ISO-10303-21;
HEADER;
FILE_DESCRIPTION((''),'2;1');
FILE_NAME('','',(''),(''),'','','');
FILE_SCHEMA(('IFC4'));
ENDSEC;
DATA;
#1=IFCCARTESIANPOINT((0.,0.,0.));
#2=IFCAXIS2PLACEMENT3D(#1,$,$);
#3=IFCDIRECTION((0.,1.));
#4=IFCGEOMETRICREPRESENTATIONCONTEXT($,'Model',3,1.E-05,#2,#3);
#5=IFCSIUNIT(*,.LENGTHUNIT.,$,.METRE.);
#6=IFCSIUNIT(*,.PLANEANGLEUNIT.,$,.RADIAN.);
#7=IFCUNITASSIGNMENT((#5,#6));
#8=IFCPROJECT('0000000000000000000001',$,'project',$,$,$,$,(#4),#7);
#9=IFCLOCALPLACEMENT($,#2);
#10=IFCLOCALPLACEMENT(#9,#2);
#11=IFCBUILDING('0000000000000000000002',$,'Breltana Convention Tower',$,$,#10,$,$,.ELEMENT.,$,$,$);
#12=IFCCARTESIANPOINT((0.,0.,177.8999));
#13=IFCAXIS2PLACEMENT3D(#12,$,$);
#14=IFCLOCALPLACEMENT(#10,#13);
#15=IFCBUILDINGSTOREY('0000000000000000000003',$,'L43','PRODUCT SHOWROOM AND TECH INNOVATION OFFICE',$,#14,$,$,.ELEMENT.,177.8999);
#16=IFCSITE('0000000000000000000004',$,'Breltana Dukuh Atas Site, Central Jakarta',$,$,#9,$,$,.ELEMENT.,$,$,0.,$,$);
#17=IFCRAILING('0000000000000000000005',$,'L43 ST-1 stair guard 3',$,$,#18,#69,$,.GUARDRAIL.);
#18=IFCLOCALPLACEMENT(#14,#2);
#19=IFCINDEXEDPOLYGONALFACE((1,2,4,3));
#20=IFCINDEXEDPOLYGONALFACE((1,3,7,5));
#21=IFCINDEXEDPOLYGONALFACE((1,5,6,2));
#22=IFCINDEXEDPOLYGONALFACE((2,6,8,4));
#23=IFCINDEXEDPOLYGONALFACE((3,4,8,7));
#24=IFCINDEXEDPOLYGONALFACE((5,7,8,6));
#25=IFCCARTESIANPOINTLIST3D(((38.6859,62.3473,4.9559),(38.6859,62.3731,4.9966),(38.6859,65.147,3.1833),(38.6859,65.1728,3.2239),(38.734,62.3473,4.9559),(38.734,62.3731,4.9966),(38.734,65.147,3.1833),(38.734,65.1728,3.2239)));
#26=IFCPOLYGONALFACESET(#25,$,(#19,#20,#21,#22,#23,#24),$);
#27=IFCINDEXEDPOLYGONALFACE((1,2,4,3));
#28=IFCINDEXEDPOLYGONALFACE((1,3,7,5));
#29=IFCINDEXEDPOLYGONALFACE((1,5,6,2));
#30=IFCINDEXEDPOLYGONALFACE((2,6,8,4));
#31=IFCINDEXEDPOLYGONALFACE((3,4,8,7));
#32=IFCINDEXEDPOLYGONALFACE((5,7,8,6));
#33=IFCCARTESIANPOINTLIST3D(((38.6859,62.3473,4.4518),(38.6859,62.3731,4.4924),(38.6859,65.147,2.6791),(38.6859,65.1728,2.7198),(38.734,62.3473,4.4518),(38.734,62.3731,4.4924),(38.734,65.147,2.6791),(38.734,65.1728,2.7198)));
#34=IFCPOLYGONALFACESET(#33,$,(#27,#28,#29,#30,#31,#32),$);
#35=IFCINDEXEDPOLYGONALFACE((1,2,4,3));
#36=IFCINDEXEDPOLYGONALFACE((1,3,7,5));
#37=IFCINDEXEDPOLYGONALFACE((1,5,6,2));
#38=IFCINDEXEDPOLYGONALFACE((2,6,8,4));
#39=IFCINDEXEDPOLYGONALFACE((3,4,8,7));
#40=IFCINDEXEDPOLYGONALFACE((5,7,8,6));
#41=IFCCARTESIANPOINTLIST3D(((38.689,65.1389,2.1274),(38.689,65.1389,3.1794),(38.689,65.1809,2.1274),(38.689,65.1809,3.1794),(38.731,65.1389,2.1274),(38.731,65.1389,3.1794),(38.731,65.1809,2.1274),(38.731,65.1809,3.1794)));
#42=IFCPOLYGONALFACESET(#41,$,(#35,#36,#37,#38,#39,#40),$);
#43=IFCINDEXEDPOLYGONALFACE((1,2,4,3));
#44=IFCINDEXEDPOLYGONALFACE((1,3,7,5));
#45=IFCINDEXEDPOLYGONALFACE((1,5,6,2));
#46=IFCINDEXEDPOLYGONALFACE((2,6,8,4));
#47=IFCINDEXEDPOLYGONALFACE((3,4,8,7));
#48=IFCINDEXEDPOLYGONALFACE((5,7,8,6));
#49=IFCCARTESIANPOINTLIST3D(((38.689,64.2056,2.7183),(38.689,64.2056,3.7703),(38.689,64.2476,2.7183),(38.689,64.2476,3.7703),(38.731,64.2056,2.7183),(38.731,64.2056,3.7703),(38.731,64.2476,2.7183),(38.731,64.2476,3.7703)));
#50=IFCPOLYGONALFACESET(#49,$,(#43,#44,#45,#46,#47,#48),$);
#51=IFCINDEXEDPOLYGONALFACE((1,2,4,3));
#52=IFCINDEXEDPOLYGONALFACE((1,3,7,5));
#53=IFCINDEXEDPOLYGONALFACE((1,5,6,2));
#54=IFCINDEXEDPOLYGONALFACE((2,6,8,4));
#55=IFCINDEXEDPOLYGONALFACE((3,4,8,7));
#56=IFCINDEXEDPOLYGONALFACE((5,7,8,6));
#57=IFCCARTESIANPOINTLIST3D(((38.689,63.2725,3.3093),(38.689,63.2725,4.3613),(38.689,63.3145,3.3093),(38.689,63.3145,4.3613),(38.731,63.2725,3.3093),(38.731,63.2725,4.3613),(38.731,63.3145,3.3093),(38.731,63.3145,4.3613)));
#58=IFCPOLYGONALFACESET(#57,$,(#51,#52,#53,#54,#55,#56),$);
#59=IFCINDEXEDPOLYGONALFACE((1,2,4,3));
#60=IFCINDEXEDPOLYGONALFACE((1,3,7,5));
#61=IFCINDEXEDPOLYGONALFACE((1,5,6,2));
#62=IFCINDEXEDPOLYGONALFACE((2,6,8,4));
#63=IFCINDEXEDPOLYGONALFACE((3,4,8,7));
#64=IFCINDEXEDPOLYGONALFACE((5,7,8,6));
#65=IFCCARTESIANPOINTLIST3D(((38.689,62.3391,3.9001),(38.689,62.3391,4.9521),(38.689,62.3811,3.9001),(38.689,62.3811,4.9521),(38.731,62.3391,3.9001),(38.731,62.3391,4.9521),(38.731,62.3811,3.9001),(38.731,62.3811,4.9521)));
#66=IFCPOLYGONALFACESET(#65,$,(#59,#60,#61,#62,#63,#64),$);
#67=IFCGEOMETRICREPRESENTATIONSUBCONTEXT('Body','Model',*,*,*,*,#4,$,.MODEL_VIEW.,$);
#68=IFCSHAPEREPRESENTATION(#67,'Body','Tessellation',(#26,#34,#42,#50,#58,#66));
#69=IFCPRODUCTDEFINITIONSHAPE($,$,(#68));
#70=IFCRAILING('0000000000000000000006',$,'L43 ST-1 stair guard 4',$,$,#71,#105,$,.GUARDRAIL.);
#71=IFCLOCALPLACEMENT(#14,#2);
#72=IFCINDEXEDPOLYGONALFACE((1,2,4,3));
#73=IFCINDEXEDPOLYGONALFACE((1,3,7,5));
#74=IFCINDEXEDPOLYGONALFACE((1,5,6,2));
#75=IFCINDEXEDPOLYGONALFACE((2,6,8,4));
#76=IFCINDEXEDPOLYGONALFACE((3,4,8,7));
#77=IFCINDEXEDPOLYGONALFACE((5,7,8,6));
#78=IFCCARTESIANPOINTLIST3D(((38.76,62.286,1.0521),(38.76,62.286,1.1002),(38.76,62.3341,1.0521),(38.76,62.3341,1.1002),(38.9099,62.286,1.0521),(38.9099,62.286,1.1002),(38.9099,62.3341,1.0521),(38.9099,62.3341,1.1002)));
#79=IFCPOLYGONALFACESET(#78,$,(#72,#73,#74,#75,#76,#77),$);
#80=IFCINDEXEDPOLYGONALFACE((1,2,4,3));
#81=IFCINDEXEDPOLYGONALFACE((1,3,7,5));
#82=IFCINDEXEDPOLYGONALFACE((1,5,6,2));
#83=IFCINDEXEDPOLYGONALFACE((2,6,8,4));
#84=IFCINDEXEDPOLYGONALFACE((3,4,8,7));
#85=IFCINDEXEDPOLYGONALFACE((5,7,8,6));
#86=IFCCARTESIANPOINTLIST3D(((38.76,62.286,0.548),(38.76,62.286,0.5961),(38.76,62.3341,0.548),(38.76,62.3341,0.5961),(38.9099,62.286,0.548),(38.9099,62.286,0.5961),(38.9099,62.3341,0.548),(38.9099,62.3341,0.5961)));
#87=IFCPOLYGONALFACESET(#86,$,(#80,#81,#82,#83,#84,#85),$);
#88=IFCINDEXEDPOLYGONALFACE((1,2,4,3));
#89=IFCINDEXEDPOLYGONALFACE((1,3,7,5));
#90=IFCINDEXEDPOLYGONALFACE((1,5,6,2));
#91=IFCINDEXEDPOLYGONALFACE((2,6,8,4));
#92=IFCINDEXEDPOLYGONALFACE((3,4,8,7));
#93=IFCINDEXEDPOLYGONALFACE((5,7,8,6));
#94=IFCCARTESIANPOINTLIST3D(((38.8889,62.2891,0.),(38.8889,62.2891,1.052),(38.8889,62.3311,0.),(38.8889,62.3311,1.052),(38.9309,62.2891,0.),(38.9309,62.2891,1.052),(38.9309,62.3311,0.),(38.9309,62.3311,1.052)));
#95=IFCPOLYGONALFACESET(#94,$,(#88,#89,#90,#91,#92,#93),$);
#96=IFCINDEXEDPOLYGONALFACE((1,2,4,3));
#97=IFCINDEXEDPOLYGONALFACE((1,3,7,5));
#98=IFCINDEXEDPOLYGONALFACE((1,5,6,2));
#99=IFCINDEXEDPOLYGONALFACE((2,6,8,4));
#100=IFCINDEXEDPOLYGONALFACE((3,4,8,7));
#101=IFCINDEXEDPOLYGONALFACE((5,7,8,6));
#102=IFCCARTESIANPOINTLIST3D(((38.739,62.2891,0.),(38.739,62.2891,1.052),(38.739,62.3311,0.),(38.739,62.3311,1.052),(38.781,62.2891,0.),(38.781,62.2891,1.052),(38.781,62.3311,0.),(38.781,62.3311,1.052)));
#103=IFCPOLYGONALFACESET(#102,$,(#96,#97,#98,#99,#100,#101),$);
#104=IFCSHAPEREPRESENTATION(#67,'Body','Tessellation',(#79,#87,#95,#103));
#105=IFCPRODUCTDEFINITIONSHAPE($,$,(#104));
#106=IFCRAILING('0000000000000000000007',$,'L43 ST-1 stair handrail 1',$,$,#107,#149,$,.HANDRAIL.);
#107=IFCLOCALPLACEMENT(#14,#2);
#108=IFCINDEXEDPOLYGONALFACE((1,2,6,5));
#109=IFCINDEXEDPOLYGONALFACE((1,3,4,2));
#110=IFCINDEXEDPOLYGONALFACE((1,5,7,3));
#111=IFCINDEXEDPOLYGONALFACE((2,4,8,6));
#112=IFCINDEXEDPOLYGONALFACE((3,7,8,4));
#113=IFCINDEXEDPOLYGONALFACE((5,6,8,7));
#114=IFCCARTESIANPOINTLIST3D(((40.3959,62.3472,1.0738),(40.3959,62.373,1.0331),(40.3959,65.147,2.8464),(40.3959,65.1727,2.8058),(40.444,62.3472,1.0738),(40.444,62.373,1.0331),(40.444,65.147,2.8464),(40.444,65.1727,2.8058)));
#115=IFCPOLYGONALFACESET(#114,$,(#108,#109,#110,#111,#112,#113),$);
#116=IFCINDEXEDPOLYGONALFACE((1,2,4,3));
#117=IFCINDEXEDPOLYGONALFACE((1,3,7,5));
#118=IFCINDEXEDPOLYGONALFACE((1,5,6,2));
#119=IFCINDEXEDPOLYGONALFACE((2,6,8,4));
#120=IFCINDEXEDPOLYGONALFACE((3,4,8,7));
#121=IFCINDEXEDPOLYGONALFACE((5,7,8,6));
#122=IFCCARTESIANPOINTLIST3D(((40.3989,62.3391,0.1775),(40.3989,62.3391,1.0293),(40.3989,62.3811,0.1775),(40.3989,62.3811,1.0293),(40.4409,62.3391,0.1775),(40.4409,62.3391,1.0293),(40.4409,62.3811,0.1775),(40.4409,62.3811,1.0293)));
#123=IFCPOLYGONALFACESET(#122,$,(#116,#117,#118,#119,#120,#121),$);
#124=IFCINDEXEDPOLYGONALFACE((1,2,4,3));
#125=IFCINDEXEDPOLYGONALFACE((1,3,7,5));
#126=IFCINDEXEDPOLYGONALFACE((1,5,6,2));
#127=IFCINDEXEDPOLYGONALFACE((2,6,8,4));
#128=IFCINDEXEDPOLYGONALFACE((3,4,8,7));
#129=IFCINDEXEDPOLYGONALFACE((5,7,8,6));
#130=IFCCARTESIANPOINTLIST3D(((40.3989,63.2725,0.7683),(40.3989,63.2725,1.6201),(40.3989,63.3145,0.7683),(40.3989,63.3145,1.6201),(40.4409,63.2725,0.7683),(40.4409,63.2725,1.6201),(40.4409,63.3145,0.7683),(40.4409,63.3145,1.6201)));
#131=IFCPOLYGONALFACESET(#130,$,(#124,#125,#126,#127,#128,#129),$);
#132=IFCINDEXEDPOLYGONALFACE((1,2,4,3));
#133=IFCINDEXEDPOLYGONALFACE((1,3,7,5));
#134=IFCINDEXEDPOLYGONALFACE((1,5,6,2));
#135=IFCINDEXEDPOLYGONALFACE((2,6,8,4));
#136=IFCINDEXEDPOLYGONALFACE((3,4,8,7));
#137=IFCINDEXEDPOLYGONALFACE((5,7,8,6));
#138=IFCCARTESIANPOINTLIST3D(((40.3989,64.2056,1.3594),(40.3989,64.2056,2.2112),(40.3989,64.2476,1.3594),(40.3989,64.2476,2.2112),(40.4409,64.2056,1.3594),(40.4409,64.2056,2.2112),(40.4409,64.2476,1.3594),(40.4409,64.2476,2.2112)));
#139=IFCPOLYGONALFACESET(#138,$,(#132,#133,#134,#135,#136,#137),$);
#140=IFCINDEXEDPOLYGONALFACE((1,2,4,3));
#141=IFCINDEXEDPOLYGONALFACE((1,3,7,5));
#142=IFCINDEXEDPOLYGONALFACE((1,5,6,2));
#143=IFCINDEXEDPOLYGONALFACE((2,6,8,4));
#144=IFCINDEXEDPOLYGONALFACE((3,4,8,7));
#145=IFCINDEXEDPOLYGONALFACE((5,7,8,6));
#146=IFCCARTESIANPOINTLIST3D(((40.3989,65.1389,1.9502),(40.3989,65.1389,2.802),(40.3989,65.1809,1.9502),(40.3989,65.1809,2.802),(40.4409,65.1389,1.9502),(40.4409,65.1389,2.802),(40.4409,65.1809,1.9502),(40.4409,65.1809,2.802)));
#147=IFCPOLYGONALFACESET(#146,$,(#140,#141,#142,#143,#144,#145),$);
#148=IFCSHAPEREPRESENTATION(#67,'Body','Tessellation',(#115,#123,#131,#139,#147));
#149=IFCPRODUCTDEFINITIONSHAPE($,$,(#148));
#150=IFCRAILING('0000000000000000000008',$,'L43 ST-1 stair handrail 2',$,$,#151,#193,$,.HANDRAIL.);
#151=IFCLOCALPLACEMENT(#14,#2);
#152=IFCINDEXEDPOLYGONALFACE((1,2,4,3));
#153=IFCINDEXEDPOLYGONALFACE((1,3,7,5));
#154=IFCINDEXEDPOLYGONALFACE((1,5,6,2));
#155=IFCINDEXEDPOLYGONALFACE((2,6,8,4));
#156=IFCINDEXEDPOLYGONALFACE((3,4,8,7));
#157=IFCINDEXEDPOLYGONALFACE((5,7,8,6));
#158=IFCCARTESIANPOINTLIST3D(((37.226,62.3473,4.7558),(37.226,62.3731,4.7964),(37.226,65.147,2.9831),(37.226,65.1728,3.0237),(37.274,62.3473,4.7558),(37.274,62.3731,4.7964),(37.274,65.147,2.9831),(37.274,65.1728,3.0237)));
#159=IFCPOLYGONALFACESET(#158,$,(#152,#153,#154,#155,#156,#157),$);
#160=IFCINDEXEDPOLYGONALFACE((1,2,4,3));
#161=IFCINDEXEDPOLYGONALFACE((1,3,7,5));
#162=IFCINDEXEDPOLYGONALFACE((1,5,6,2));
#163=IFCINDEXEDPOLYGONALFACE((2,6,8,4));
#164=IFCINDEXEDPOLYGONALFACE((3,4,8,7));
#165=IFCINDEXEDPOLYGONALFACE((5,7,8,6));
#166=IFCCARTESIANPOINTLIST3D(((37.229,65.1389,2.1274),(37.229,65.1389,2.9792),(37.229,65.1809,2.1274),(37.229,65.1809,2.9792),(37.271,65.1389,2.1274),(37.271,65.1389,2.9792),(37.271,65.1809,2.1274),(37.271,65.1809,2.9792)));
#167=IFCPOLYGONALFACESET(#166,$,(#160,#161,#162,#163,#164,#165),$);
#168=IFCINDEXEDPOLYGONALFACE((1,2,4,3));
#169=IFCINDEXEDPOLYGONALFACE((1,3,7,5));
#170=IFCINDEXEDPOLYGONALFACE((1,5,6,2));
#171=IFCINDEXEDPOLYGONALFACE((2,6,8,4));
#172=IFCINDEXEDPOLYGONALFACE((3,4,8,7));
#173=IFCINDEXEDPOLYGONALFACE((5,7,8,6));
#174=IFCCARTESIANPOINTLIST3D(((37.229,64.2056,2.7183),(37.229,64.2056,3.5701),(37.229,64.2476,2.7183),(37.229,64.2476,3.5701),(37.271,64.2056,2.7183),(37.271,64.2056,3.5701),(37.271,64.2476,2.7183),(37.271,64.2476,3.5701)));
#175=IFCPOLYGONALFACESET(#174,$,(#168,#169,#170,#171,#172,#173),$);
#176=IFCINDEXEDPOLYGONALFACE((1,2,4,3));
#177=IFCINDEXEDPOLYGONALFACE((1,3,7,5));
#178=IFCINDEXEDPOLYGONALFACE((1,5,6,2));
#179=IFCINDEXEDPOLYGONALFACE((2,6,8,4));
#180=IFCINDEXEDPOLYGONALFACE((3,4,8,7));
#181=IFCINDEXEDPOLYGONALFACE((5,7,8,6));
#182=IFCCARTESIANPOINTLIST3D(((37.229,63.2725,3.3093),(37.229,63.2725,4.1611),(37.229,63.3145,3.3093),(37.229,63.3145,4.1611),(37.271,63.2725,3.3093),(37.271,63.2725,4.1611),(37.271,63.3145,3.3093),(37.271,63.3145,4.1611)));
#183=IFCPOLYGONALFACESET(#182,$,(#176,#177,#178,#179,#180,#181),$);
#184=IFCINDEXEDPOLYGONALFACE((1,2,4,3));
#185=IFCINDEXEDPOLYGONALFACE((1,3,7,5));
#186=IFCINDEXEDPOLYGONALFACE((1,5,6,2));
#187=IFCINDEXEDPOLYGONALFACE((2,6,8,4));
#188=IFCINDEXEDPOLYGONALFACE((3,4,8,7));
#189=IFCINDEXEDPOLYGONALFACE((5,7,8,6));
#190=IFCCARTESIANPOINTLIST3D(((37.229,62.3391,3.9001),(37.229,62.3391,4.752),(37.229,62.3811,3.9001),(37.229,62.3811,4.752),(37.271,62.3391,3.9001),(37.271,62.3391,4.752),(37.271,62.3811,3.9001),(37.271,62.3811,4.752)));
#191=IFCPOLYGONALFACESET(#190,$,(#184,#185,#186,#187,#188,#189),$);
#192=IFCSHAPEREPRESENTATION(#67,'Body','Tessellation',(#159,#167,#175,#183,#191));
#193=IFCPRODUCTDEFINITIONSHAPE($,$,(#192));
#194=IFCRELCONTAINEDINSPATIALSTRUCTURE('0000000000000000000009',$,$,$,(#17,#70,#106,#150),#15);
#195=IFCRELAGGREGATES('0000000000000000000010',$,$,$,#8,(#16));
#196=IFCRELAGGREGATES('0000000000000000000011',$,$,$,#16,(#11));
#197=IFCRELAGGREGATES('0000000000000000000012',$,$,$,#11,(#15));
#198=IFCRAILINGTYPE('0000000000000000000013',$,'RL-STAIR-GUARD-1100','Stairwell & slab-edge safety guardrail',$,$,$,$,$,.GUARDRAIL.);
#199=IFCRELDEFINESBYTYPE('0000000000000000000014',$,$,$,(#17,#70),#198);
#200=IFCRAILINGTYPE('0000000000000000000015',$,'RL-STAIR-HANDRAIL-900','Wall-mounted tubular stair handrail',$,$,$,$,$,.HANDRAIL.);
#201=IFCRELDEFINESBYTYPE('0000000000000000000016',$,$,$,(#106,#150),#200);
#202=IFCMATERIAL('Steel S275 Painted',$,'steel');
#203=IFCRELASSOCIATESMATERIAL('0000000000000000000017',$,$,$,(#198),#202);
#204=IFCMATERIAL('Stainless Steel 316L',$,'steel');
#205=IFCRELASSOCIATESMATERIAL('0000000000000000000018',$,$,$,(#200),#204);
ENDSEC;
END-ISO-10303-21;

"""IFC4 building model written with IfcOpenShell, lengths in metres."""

from ifc_helpers import new_model, si_unit, direction, frame, origin, origin_2d, place, context, subcontext, project, spatial, rectangle, extrude, material, type_object, element, save


model = new_model("IFC4")

# Units and contexts
model_context = context("Model", 3, precision=1e-05, world=origin(), true_north=direction((0.0, 1.0)))
body_context = subcontext(model_context, "Body", "Model", "MODEL_VIEW")
ifc_project = project(units=[si_unit("LENGTHUNIT", "METRE"), si_unit("PLANEANGLEUNIT", "RADIAN")], contexts=[model_context])

# Site, building, storey
site_placement = place(None, origin())
site = spatial("IfcSite", under=ifc_project, at=site_placement, Name="Breltana Dukuh Atas Site, Central Jakarta", CompositionType="ELEMENT", RefElevation=0.0)
building_placement = place(site_placement, origin())
building = spatial("IfcBuilding", under=site, at=building_placement, Name="Breltana Convention Tower", CompositionType="ELEMENT")
storey_placement = place(building_placement, frame((0.0, 0.0, 177.8999)))
storey = spatial("IfcBuildingStorey", under=building, at=storey_placement, Name="L43", Description="PRODUCT SHOWROOM AND TECH INNOVATION OFFICE", CompositionType="ELEMENT", Elevation=177.8999)

# Railings
ifc_material_1 = material(Name="Steel S275 Painted", Category="steel")
railing_type_1 = type_object("IfcRailingType", Name="RL-STAIR-GUARD-1100", Description="Stairwell & slab-edge safety guardrail", PredefinedType="GUARDRAIL", material=ifc_material_1)
railing_1_placement = place(storey_placement, frame((38.71, 65.1599, 2.1274)))
element("IfcRailing", 1, at=railing_1_placement, inside=storey, type_object=railing_type_1, Name="L43 ST-1 stair guard 3", PredefinedType="GUARDRAIL", context=body_context, shape_type="SweptSolid", body=[
    extrude(rectangle(XDim=0.0481, YDim=0.0481, at=origin_2d()), frame((0.0, 0.0, 1.0762), z_axis=(0.0, -0.844888, 0.534943), x_axis=(1.0, 0.0, 0.0)), (0.0, 0.0, 1.0), 3.3137),
    extrude(rectangle(XDim=0.0481, YDim=0.0481, at=origin_2d()), frame((0.0, 0.0, 0.572), z_axis=(0.0, -0.844888, 0.534943), x_axis=(1.0, 0.0, 0.0)), (0.0, 0.0, 1.0), 3.3137),
    extrude(rectangle(XDim=0.042, YDim=0.042, at=origin_2d()), origin(), (0.0, 0.0, 1.0), 1.052),
    extrude(rectangle(XDim=0.042, YDim=0.042, at=origin_2d()), frame((0.0, -0.9333, 0.5908)), (0.0, 0.0, 1.0), 1.052),
    extrude(rectangle(XDim=0.042, YDim=0.042, at=origin_2d()), frame((0.0, -1.8665, 1.1819)), (0.0, 0.0, 1.0), 1.052),
    extrude(rectangle(XDim=0.042, YDim=0.042, at=origin_2d()), frame((0.0, -2.7998, 1.7727)), (0.0, 0.0, 1.0), 1.052),
])
railing_2_placement = place(storey_placement, frame((38.9099, 62.3101, 0.0)))
element("IfcRailing", 2, at=railing_2_placement, inside=storey, type_object=railing_type_1, Name="L43 ST-1 stair guard 4", PredefinedType="GUARDRAIL", context=body_context, shape_type="SweptSolid", body=[
    extrude(rectangle(XDim=0.0481, YDim=0.0481, at=origin_2d()), frame((0.0, 0.0, 1.0762), z_axis=(-1.0, 0.0, 0.0), x_axis=(0.0, -1.0, 0.0)), (0.0, 0.0, 1.0), 0.1499),
    extrude(rectangle(XDim=0.0481, YDim=0.0481, at=origin_2d()), frame((0.0, 0.0, 0.572), z_axis=(-1.0, 0.0, 0.0), x_axis=(0.0, -1.0, 0.0)), (0.0, 0.0, 1.0), 0.1499),
    extrude(rectangle(XDim=0.042, YDim=0.042, at=origin_2d()), origin(), (0.0, 0.0, 1.0), 1.052),
    extrude(rectangle(XDim=0.042, YDim=0.042, at=origin_2d()), frame((-0.1499, 0.0, 0.0)), (0.0, 0.0, 1.0), 1.052),
])
ifc_material_2 = material(Name="Stainless Steel 316L", Category="steel")
railing_type_2 = type_object("IfcRailingType", Name="RL-STAIR-HANDRAIL-900", Description="Wall-mounted tubular stair handrail", PredefinedType="HANDRAIL", material=ifc_material_2)
railing_3_placement = place(storey_placement, frame((40.4199, 62.3601, 0.1775)))
element("IfcRailing", 3, at=railing_3_placement, inside=storey, type_object=railing_type_2, Name="L43 ST-1 stair handrail 1", PredefinedType="HANDRAIL", context=body_context, shape_type="SweptSolid", body=[
    extrude(rectangle(XDim=0.0481, YDim=0.0481, at=origin_2d()), frame((0.0, 0.0, 0.876), z_axis=(0.0, 0.844888, 0.534943), x_axis=(-1.0, 0.0, 0.0)), (0.0, 0.0, 1.0), 3.3137),
    extrude(rectangle(XDim=0.042, YDim=0.042, at=origin_2d()), origin(), (0.0, 0.0, 1.0), 0.8518),
    extrude(rectangle(XDim=0.042, YDim=0.042, at=origin_2d()), frame((0.0, 0.9333, 0.5908)), (0.0, 0.0, 1.0), 0.8518),
    extrude(rectangle(XDim=0.042, YDim=0.042, at=origin_2d()), frame((0.0, 1.8665, 1.1819)), (0.0, 0.0, 1.0), 0.8518),
    extrude(rectangle(XDim=0.042, YDim=0.042, at=origin_2d()), frame((0.0, 2.7998, 1.7727)), (0.0, 0.0, 1.0), 0.8518),
])
railing_4_placement = place(storey_placement, frame((37.25, 65.1599, 2.1274)))
element("IfcRailing", 4, at=railing_4_placement, inside=storey, type_object=railing_type_2, Name="L43 ST-1 stair handrail 2", PredefinedType="HANDRAIL", context=body_context, shape_type="SweptSolid", body=[
    extrude(rectangle(XDim=0.0481, YDim=0.0481, at=origin_2d()), frame((0.0, 0.0, 0.876), z_axis=(0.0, -0.844888, 0.534943), x_axis=(1.0, 0.0, 0.0)), (0.0, 0.0, 1.0), 3.3137),
    extrude(rectangle(XDim=0.042, YDim=0.042, at=origin_2d()), origin(), (0.0, 0.0, 1.0), 0.8518),
    extrude(rectangle(XDim=0.042, YDim=0.042, at=origin_2d()), frame((0.0, -0.9333, 0.5908)), (0.0, 0.0, 1.0), 0.8518),
    extrude(rectangle(XDim=0.042, YDim=0.042, at=origin_2d()), frame((0.0, -1.8665, 1.1819)), (0.0, 0.0, 1.0), 0.8518),
    extrude(rectangle(XDim=0.042, YDim=0.042, at=origin_2d()), frame((0.0, -2.7998, 1.7727)), (0.0, 0.0, 1.0), 0.8518),
])

save(model, "model.ifc")
